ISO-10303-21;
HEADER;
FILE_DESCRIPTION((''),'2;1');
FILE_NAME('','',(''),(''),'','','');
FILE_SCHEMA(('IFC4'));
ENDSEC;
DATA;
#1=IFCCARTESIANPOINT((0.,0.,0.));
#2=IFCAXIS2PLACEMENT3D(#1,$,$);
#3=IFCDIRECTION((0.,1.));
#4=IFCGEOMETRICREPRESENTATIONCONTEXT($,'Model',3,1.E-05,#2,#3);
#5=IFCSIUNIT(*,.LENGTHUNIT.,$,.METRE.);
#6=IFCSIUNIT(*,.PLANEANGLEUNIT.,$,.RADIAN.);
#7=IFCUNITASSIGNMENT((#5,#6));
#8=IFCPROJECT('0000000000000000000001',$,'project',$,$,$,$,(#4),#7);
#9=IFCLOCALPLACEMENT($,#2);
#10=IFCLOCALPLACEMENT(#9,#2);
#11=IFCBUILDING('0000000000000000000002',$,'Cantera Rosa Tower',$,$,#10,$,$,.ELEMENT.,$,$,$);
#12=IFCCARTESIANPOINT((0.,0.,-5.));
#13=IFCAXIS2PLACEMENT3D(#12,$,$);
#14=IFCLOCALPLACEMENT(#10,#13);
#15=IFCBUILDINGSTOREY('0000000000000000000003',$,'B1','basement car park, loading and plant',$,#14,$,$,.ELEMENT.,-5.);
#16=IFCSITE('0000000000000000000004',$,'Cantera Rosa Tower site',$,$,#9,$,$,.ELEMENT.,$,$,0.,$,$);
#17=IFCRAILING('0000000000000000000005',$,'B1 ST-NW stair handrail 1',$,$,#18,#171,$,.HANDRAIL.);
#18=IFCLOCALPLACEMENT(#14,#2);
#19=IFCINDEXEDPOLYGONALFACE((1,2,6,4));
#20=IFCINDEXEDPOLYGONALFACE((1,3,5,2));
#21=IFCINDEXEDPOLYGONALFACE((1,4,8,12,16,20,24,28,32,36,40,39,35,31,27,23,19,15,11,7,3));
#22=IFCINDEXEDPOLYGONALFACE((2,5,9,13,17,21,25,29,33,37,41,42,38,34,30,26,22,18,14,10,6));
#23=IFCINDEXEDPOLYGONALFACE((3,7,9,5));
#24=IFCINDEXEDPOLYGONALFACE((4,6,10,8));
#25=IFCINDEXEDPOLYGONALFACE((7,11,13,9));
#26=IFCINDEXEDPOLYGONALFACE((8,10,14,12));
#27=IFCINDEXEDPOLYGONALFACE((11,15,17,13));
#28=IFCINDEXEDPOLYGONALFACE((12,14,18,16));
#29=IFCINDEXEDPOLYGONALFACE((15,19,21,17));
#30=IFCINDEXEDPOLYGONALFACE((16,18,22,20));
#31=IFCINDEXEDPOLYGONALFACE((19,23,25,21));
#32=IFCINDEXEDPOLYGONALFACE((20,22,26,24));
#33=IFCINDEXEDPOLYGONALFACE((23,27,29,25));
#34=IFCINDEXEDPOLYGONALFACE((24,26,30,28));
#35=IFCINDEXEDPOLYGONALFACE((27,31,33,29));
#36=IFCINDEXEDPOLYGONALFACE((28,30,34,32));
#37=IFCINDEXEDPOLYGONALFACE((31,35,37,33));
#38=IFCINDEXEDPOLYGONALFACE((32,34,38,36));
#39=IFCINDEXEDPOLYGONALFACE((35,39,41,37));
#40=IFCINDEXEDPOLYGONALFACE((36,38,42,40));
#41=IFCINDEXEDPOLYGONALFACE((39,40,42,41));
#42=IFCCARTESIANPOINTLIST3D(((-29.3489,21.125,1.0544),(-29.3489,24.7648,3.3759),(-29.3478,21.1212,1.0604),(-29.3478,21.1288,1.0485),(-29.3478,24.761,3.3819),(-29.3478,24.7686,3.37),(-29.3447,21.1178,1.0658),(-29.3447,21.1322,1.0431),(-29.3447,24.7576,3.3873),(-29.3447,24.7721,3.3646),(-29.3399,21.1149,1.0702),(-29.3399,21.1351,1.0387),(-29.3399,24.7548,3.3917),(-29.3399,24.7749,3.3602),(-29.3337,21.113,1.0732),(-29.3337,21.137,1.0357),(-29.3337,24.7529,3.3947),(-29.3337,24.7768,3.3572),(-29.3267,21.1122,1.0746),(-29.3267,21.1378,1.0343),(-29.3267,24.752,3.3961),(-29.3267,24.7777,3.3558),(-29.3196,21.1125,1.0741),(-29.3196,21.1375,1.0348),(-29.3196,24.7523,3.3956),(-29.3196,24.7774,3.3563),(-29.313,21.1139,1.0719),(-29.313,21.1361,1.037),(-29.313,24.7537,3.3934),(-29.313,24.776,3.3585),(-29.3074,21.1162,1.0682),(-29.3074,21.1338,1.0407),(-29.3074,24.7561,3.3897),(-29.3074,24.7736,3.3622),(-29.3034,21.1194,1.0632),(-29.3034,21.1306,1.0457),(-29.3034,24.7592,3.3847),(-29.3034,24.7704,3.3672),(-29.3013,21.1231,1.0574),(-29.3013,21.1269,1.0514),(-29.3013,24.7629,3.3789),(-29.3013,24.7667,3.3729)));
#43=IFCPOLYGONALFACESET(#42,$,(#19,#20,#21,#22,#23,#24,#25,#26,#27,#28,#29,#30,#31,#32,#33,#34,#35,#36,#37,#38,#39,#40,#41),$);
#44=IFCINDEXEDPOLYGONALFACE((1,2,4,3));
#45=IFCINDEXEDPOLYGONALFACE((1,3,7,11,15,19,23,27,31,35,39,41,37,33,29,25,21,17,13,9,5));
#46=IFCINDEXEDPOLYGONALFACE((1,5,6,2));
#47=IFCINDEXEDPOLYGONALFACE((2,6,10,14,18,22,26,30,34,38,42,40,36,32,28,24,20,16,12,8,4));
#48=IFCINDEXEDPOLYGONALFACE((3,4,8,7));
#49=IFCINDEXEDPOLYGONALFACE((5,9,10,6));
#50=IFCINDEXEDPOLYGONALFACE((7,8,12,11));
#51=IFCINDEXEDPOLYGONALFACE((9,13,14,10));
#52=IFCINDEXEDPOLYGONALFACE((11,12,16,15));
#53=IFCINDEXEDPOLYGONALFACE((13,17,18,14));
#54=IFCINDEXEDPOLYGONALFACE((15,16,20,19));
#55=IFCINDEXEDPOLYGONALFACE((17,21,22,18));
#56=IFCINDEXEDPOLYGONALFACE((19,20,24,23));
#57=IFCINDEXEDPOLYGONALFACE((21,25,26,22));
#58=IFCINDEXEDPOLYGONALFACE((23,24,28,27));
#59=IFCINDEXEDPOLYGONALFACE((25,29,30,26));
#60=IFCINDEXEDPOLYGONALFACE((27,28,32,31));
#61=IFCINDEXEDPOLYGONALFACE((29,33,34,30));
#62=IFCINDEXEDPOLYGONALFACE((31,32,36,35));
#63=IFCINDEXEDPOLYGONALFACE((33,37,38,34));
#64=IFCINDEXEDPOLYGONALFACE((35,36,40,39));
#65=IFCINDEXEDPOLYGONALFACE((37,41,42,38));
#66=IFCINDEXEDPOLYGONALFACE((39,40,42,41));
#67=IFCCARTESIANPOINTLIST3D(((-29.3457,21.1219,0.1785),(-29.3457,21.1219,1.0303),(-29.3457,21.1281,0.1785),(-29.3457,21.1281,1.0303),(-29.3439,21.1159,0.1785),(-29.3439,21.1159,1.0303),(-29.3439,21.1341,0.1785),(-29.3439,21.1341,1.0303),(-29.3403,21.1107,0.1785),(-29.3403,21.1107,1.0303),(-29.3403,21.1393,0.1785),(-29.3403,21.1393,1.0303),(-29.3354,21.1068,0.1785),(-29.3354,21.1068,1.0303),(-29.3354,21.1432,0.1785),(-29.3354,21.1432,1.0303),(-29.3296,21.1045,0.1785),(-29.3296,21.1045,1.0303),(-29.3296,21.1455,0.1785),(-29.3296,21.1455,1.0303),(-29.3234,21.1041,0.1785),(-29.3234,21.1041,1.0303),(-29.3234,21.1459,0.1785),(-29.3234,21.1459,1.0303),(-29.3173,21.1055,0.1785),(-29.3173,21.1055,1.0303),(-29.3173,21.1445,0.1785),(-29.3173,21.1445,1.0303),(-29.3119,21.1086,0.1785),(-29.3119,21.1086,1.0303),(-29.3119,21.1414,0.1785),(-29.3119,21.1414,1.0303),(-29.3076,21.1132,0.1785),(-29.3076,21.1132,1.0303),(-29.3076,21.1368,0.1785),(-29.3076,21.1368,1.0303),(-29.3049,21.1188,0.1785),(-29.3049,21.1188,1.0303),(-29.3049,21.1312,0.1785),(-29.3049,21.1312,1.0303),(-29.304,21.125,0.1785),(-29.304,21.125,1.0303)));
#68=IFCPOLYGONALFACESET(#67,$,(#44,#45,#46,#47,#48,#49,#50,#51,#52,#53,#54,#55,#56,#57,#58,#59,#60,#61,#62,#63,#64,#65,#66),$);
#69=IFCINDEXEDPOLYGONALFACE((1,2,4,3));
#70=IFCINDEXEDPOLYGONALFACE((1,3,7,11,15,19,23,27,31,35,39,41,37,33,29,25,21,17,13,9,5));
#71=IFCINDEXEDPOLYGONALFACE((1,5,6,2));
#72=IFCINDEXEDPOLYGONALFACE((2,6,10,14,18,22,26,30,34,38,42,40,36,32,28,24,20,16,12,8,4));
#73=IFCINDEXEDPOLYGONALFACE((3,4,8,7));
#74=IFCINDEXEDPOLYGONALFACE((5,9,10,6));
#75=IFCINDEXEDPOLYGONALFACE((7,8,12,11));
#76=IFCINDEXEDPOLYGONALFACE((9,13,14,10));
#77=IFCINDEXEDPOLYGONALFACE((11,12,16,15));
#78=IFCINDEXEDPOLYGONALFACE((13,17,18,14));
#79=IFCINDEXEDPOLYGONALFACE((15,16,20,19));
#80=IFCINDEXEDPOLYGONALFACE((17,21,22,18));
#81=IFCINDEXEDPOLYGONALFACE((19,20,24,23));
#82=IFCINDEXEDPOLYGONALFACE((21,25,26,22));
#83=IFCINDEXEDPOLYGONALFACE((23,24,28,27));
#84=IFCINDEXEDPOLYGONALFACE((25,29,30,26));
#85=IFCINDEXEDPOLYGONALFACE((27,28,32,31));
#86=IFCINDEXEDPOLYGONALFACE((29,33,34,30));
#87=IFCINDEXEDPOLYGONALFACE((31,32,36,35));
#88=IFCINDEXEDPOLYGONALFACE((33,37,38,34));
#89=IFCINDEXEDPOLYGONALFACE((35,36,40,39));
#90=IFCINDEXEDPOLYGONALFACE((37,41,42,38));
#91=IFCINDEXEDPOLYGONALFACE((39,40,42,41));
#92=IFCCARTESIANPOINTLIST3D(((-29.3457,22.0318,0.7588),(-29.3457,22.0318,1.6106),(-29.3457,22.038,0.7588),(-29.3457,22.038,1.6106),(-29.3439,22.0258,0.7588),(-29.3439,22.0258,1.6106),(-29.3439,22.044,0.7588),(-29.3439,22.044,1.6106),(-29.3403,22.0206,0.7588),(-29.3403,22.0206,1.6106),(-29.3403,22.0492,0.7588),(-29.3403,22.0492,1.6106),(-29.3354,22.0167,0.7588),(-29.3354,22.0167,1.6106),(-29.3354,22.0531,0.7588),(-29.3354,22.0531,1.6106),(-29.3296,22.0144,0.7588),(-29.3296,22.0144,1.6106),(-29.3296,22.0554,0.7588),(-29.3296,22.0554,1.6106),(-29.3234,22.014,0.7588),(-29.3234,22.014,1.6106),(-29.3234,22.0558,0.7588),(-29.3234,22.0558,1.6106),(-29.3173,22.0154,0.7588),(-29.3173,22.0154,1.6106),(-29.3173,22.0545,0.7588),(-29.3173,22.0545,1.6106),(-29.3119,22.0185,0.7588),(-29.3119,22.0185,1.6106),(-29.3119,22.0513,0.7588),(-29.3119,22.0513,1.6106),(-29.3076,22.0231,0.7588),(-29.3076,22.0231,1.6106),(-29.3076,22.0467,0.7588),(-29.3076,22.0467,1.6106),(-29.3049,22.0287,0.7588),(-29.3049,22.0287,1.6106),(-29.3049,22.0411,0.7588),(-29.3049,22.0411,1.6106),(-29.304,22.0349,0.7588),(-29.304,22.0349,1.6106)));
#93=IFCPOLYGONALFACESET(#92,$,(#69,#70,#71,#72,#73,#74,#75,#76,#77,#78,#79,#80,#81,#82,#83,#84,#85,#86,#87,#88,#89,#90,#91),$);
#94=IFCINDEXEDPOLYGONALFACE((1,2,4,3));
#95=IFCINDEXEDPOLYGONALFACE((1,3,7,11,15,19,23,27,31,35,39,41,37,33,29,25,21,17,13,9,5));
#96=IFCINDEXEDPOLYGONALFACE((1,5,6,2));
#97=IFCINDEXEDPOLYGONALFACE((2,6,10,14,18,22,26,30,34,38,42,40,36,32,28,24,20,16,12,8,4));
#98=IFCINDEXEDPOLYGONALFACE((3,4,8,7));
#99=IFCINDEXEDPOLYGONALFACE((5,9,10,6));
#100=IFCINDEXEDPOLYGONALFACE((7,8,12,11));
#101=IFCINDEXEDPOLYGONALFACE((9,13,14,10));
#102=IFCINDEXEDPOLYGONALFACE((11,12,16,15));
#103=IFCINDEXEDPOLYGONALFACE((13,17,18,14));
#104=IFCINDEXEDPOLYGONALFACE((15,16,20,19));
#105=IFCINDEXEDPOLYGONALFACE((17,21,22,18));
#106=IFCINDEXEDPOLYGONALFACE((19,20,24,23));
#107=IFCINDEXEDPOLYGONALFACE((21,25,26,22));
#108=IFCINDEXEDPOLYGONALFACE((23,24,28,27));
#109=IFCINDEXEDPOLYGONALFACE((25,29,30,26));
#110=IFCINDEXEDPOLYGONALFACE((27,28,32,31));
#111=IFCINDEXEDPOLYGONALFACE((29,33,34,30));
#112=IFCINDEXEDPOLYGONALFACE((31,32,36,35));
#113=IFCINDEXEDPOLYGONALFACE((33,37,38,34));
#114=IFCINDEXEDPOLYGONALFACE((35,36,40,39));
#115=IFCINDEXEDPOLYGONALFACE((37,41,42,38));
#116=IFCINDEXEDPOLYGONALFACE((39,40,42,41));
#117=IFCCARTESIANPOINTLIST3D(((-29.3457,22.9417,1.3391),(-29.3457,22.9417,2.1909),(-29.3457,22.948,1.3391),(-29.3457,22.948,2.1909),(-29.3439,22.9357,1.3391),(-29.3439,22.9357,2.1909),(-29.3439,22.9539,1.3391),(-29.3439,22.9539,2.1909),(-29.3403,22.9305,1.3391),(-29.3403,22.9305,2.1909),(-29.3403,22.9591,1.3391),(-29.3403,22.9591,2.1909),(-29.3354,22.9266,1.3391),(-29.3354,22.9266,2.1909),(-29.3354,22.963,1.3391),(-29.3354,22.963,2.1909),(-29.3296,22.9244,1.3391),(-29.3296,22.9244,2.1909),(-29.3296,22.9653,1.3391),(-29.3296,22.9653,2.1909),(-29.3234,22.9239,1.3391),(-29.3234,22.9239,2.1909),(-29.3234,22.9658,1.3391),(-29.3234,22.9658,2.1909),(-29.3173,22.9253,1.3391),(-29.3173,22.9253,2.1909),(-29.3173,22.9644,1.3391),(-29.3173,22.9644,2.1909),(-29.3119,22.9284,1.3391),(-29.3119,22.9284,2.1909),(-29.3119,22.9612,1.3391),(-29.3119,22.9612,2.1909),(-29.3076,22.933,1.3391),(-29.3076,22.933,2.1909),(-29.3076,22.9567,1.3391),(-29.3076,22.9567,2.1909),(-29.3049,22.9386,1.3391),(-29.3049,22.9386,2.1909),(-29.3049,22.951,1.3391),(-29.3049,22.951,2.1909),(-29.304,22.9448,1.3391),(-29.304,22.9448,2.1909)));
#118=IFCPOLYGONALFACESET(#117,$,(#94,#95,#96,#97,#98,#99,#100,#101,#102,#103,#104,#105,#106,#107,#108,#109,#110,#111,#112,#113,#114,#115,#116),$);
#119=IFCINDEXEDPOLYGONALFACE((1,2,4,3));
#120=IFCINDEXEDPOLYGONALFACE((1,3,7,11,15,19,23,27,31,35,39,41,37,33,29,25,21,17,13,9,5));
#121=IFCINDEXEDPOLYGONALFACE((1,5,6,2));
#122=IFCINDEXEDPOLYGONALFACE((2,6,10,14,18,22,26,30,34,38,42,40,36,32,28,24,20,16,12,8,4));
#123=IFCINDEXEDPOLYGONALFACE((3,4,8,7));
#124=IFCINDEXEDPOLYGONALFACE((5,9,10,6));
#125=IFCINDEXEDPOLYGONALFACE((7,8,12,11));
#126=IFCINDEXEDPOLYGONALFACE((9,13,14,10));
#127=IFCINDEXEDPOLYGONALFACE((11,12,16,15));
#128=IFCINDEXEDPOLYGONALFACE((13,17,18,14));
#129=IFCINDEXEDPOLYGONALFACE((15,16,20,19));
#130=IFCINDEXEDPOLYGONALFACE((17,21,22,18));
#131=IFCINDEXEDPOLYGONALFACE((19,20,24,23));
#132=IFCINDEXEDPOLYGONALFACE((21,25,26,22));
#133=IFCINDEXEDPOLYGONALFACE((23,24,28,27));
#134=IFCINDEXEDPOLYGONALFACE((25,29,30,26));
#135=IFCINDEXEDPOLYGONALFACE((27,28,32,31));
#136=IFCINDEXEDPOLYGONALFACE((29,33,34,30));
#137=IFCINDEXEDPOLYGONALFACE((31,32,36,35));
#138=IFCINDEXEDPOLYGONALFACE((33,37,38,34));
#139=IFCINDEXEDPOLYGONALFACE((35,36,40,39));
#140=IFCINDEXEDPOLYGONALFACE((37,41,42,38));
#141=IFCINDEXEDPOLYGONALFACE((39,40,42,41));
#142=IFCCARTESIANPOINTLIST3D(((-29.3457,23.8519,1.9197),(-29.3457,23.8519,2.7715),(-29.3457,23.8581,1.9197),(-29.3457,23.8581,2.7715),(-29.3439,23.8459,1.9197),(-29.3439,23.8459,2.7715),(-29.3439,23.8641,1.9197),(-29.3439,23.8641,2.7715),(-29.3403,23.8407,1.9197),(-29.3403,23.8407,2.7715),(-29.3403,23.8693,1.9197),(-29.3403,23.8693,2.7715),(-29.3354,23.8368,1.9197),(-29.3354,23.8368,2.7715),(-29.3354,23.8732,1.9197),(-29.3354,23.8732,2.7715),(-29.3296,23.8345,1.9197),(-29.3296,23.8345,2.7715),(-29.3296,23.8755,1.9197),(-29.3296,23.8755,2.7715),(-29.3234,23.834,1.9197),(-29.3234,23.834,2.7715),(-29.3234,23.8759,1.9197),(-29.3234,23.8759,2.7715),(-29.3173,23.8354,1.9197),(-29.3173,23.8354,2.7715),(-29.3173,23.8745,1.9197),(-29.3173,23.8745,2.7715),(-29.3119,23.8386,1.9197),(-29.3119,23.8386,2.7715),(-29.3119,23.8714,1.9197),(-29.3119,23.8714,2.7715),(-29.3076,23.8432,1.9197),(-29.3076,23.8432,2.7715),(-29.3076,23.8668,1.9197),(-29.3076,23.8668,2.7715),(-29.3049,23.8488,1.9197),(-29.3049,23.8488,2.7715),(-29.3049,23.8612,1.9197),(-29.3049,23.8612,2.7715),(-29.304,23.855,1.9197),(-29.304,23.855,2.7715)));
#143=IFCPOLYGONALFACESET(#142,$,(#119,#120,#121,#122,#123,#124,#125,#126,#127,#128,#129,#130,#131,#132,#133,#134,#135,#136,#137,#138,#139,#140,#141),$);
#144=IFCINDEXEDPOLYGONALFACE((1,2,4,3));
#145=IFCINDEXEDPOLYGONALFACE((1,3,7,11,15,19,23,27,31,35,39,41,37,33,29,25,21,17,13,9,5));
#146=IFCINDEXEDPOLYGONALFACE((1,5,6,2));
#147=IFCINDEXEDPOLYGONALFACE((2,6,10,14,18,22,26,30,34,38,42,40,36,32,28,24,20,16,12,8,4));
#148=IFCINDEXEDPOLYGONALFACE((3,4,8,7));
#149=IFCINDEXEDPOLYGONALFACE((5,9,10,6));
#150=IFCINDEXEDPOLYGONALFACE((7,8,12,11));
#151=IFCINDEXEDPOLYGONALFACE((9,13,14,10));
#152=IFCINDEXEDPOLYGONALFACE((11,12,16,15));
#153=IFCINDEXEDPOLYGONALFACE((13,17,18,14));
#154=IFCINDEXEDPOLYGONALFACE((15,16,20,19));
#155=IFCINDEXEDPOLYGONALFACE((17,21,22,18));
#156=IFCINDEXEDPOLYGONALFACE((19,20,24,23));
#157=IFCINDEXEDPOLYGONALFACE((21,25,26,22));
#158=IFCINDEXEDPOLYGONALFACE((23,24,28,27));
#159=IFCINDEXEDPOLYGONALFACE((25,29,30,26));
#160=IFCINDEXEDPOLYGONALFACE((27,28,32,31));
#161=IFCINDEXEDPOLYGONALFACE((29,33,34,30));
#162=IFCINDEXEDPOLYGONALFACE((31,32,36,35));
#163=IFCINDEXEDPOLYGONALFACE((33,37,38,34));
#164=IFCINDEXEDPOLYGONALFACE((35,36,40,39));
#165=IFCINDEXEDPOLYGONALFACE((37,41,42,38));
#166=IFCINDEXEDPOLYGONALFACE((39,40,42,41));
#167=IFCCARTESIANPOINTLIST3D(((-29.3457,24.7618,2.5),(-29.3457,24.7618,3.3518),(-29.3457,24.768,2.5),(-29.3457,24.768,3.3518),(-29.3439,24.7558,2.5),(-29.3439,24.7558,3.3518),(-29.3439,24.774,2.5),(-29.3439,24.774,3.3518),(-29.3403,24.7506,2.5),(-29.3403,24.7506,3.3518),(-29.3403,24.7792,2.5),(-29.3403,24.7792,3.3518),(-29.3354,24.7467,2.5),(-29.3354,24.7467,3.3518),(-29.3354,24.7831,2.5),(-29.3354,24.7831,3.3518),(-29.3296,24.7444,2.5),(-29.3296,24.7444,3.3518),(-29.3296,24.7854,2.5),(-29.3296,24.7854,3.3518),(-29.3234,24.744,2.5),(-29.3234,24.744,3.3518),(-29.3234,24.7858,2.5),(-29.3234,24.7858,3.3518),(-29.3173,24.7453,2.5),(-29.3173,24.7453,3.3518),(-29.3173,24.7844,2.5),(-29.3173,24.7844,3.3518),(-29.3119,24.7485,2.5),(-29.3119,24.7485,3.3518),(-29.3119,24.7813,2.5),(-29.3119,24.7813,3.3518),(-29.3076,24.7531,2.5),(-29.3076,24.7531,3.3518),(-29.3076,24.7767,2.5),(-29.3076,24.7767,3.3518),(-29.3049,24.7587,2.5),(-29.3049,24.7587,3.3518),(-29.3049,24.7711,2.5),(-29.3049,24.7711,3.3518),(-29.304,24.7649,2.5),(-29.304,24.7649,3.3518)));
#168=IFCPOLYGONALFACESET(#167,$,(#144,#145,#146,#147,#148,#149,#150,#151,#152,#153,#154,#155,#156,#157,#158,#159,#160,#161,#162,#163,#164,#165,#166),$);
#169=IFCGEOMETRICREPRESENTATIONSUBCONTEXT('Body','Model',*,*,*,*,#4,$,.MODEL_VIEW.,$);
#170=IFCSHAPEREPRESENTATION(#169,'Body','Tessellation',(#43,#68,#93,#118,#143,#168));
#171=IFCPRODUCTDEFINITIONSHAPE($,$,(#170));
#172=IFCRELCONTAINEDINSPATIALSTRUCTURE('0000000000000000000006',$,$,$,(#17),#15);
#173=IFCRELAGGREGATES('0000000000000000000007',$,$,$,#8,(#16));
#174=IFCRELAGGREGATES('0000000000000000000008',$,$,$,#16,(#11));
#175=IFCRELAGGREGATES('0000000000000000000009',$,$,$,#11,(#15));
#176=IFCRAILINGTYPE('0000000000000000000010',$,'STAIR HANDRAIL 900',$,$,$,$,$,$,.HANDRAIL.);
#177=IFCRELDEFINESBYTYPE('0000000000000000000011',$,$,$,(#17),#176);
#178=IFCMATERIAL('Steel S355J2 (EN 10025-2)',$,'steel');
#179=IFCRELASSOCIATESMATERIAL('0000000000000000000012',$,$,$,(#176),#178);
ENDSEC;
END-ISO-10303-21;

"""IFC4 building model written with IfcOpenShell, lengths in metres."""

from ifc_helpers import new_model, si_unit, direction, frame, origin, origin_2d, place, context, subcontext, project, spatial, circle, extrude, material, type_object, element, save


model = new_model("IFC4")

# Units and contexts
model_context = context("Model", 3, precision=1e-05, world=origin(), true_north=direction((0.0, 1.0)))
body_context = subcontext(model_context, "Body", "Model", "MODEL_VIEW")
ifc_project = project(units=[si_unit("LENGTHUNIT", "METRE"), si_unit("PLANEANGLEUNIT", "RADIAN")], contexts=[model_context])

# Site, building, storey
site_placement = place(None, origin())
site = spatial("IfcSite", under=ifc_project, at=site_placement, Name="Cantera Rosa Tower site", CompositionType="ELEMENT", RefElevation=0.0)
building_placement = place(site_placement, origin())
building = spatial("IfcBuilding", under=site, at=building_placement, Name="Cantera Rosa Tower", CompositionType="ELEMENT")
storey_placement = place(building_placement, frame((0.0, 0.0, -5.0)))
storey = spatial("IfcBuildingStorey", under=building, at=storey_placement, Name="B1", Description="basement car park, loading and plant", CompositionType="ELEMENT", Elevation=-5.0)

# Railing
ifc_material_1 = material(Name="Steel S355J2 (EN 10025-2)", Category="steel")
railing_type_1 = type_object("IfcRailingType", Name="STAIR HANDRAIL 900", PredefinedType="HANDRAIL", material=ifc_material_1)
railing_1_placement = place(storey_placement, frame((-29.325, 21.125, 0.1785)))
element("IfcRailing", 1, at=railing_1_placement, inside=storey, type_object=railing_type_1, Name="B1 ST-NW stair handrail 1", PredefinedType="HANDRAIL", context=body_context, shape_type="SweptSolid", body=[
    extrude(circle(Radius=0.0239, at=origin_2d()), frame((0.0, 0.0, 0.876), z_axis=(0.0, 0.843112, 0.537739), x_axis=(-1.0, 0.0, 0.0)), (0.0, 0.0, 1.0), 4.3171),
    extrude(circle(Radius=0.021, at=origin_2d()), origin(), (0.0, 0.0, 1.0), 0.8518),
    extrude(circle(Radius=0.021, at=origin_2d()), frame((0.0, 0.9099, 0.5803)), (0.0, 0.0, 1.0), 0.8518),
    extrude(circle(Radius=0.021, at=origin_2d()), frame((0.0, 1.8198, 1.1606)), (0.0, 0.0, 1.0), 0.8518),
    extrude(circle(Radius=0.021, at=origin_2d()), frame((0.0, 2.73, 1.7412)), (0.0, 0.0, 1.0), 0.8518),
    extrude(circle(Radius=0.021, at=origin_2d()), frame((0.0, 3.6399, 2.3215)), (0.0, 0.0, 1.0), 0.8518),
])

save(model, "model.ifc")
